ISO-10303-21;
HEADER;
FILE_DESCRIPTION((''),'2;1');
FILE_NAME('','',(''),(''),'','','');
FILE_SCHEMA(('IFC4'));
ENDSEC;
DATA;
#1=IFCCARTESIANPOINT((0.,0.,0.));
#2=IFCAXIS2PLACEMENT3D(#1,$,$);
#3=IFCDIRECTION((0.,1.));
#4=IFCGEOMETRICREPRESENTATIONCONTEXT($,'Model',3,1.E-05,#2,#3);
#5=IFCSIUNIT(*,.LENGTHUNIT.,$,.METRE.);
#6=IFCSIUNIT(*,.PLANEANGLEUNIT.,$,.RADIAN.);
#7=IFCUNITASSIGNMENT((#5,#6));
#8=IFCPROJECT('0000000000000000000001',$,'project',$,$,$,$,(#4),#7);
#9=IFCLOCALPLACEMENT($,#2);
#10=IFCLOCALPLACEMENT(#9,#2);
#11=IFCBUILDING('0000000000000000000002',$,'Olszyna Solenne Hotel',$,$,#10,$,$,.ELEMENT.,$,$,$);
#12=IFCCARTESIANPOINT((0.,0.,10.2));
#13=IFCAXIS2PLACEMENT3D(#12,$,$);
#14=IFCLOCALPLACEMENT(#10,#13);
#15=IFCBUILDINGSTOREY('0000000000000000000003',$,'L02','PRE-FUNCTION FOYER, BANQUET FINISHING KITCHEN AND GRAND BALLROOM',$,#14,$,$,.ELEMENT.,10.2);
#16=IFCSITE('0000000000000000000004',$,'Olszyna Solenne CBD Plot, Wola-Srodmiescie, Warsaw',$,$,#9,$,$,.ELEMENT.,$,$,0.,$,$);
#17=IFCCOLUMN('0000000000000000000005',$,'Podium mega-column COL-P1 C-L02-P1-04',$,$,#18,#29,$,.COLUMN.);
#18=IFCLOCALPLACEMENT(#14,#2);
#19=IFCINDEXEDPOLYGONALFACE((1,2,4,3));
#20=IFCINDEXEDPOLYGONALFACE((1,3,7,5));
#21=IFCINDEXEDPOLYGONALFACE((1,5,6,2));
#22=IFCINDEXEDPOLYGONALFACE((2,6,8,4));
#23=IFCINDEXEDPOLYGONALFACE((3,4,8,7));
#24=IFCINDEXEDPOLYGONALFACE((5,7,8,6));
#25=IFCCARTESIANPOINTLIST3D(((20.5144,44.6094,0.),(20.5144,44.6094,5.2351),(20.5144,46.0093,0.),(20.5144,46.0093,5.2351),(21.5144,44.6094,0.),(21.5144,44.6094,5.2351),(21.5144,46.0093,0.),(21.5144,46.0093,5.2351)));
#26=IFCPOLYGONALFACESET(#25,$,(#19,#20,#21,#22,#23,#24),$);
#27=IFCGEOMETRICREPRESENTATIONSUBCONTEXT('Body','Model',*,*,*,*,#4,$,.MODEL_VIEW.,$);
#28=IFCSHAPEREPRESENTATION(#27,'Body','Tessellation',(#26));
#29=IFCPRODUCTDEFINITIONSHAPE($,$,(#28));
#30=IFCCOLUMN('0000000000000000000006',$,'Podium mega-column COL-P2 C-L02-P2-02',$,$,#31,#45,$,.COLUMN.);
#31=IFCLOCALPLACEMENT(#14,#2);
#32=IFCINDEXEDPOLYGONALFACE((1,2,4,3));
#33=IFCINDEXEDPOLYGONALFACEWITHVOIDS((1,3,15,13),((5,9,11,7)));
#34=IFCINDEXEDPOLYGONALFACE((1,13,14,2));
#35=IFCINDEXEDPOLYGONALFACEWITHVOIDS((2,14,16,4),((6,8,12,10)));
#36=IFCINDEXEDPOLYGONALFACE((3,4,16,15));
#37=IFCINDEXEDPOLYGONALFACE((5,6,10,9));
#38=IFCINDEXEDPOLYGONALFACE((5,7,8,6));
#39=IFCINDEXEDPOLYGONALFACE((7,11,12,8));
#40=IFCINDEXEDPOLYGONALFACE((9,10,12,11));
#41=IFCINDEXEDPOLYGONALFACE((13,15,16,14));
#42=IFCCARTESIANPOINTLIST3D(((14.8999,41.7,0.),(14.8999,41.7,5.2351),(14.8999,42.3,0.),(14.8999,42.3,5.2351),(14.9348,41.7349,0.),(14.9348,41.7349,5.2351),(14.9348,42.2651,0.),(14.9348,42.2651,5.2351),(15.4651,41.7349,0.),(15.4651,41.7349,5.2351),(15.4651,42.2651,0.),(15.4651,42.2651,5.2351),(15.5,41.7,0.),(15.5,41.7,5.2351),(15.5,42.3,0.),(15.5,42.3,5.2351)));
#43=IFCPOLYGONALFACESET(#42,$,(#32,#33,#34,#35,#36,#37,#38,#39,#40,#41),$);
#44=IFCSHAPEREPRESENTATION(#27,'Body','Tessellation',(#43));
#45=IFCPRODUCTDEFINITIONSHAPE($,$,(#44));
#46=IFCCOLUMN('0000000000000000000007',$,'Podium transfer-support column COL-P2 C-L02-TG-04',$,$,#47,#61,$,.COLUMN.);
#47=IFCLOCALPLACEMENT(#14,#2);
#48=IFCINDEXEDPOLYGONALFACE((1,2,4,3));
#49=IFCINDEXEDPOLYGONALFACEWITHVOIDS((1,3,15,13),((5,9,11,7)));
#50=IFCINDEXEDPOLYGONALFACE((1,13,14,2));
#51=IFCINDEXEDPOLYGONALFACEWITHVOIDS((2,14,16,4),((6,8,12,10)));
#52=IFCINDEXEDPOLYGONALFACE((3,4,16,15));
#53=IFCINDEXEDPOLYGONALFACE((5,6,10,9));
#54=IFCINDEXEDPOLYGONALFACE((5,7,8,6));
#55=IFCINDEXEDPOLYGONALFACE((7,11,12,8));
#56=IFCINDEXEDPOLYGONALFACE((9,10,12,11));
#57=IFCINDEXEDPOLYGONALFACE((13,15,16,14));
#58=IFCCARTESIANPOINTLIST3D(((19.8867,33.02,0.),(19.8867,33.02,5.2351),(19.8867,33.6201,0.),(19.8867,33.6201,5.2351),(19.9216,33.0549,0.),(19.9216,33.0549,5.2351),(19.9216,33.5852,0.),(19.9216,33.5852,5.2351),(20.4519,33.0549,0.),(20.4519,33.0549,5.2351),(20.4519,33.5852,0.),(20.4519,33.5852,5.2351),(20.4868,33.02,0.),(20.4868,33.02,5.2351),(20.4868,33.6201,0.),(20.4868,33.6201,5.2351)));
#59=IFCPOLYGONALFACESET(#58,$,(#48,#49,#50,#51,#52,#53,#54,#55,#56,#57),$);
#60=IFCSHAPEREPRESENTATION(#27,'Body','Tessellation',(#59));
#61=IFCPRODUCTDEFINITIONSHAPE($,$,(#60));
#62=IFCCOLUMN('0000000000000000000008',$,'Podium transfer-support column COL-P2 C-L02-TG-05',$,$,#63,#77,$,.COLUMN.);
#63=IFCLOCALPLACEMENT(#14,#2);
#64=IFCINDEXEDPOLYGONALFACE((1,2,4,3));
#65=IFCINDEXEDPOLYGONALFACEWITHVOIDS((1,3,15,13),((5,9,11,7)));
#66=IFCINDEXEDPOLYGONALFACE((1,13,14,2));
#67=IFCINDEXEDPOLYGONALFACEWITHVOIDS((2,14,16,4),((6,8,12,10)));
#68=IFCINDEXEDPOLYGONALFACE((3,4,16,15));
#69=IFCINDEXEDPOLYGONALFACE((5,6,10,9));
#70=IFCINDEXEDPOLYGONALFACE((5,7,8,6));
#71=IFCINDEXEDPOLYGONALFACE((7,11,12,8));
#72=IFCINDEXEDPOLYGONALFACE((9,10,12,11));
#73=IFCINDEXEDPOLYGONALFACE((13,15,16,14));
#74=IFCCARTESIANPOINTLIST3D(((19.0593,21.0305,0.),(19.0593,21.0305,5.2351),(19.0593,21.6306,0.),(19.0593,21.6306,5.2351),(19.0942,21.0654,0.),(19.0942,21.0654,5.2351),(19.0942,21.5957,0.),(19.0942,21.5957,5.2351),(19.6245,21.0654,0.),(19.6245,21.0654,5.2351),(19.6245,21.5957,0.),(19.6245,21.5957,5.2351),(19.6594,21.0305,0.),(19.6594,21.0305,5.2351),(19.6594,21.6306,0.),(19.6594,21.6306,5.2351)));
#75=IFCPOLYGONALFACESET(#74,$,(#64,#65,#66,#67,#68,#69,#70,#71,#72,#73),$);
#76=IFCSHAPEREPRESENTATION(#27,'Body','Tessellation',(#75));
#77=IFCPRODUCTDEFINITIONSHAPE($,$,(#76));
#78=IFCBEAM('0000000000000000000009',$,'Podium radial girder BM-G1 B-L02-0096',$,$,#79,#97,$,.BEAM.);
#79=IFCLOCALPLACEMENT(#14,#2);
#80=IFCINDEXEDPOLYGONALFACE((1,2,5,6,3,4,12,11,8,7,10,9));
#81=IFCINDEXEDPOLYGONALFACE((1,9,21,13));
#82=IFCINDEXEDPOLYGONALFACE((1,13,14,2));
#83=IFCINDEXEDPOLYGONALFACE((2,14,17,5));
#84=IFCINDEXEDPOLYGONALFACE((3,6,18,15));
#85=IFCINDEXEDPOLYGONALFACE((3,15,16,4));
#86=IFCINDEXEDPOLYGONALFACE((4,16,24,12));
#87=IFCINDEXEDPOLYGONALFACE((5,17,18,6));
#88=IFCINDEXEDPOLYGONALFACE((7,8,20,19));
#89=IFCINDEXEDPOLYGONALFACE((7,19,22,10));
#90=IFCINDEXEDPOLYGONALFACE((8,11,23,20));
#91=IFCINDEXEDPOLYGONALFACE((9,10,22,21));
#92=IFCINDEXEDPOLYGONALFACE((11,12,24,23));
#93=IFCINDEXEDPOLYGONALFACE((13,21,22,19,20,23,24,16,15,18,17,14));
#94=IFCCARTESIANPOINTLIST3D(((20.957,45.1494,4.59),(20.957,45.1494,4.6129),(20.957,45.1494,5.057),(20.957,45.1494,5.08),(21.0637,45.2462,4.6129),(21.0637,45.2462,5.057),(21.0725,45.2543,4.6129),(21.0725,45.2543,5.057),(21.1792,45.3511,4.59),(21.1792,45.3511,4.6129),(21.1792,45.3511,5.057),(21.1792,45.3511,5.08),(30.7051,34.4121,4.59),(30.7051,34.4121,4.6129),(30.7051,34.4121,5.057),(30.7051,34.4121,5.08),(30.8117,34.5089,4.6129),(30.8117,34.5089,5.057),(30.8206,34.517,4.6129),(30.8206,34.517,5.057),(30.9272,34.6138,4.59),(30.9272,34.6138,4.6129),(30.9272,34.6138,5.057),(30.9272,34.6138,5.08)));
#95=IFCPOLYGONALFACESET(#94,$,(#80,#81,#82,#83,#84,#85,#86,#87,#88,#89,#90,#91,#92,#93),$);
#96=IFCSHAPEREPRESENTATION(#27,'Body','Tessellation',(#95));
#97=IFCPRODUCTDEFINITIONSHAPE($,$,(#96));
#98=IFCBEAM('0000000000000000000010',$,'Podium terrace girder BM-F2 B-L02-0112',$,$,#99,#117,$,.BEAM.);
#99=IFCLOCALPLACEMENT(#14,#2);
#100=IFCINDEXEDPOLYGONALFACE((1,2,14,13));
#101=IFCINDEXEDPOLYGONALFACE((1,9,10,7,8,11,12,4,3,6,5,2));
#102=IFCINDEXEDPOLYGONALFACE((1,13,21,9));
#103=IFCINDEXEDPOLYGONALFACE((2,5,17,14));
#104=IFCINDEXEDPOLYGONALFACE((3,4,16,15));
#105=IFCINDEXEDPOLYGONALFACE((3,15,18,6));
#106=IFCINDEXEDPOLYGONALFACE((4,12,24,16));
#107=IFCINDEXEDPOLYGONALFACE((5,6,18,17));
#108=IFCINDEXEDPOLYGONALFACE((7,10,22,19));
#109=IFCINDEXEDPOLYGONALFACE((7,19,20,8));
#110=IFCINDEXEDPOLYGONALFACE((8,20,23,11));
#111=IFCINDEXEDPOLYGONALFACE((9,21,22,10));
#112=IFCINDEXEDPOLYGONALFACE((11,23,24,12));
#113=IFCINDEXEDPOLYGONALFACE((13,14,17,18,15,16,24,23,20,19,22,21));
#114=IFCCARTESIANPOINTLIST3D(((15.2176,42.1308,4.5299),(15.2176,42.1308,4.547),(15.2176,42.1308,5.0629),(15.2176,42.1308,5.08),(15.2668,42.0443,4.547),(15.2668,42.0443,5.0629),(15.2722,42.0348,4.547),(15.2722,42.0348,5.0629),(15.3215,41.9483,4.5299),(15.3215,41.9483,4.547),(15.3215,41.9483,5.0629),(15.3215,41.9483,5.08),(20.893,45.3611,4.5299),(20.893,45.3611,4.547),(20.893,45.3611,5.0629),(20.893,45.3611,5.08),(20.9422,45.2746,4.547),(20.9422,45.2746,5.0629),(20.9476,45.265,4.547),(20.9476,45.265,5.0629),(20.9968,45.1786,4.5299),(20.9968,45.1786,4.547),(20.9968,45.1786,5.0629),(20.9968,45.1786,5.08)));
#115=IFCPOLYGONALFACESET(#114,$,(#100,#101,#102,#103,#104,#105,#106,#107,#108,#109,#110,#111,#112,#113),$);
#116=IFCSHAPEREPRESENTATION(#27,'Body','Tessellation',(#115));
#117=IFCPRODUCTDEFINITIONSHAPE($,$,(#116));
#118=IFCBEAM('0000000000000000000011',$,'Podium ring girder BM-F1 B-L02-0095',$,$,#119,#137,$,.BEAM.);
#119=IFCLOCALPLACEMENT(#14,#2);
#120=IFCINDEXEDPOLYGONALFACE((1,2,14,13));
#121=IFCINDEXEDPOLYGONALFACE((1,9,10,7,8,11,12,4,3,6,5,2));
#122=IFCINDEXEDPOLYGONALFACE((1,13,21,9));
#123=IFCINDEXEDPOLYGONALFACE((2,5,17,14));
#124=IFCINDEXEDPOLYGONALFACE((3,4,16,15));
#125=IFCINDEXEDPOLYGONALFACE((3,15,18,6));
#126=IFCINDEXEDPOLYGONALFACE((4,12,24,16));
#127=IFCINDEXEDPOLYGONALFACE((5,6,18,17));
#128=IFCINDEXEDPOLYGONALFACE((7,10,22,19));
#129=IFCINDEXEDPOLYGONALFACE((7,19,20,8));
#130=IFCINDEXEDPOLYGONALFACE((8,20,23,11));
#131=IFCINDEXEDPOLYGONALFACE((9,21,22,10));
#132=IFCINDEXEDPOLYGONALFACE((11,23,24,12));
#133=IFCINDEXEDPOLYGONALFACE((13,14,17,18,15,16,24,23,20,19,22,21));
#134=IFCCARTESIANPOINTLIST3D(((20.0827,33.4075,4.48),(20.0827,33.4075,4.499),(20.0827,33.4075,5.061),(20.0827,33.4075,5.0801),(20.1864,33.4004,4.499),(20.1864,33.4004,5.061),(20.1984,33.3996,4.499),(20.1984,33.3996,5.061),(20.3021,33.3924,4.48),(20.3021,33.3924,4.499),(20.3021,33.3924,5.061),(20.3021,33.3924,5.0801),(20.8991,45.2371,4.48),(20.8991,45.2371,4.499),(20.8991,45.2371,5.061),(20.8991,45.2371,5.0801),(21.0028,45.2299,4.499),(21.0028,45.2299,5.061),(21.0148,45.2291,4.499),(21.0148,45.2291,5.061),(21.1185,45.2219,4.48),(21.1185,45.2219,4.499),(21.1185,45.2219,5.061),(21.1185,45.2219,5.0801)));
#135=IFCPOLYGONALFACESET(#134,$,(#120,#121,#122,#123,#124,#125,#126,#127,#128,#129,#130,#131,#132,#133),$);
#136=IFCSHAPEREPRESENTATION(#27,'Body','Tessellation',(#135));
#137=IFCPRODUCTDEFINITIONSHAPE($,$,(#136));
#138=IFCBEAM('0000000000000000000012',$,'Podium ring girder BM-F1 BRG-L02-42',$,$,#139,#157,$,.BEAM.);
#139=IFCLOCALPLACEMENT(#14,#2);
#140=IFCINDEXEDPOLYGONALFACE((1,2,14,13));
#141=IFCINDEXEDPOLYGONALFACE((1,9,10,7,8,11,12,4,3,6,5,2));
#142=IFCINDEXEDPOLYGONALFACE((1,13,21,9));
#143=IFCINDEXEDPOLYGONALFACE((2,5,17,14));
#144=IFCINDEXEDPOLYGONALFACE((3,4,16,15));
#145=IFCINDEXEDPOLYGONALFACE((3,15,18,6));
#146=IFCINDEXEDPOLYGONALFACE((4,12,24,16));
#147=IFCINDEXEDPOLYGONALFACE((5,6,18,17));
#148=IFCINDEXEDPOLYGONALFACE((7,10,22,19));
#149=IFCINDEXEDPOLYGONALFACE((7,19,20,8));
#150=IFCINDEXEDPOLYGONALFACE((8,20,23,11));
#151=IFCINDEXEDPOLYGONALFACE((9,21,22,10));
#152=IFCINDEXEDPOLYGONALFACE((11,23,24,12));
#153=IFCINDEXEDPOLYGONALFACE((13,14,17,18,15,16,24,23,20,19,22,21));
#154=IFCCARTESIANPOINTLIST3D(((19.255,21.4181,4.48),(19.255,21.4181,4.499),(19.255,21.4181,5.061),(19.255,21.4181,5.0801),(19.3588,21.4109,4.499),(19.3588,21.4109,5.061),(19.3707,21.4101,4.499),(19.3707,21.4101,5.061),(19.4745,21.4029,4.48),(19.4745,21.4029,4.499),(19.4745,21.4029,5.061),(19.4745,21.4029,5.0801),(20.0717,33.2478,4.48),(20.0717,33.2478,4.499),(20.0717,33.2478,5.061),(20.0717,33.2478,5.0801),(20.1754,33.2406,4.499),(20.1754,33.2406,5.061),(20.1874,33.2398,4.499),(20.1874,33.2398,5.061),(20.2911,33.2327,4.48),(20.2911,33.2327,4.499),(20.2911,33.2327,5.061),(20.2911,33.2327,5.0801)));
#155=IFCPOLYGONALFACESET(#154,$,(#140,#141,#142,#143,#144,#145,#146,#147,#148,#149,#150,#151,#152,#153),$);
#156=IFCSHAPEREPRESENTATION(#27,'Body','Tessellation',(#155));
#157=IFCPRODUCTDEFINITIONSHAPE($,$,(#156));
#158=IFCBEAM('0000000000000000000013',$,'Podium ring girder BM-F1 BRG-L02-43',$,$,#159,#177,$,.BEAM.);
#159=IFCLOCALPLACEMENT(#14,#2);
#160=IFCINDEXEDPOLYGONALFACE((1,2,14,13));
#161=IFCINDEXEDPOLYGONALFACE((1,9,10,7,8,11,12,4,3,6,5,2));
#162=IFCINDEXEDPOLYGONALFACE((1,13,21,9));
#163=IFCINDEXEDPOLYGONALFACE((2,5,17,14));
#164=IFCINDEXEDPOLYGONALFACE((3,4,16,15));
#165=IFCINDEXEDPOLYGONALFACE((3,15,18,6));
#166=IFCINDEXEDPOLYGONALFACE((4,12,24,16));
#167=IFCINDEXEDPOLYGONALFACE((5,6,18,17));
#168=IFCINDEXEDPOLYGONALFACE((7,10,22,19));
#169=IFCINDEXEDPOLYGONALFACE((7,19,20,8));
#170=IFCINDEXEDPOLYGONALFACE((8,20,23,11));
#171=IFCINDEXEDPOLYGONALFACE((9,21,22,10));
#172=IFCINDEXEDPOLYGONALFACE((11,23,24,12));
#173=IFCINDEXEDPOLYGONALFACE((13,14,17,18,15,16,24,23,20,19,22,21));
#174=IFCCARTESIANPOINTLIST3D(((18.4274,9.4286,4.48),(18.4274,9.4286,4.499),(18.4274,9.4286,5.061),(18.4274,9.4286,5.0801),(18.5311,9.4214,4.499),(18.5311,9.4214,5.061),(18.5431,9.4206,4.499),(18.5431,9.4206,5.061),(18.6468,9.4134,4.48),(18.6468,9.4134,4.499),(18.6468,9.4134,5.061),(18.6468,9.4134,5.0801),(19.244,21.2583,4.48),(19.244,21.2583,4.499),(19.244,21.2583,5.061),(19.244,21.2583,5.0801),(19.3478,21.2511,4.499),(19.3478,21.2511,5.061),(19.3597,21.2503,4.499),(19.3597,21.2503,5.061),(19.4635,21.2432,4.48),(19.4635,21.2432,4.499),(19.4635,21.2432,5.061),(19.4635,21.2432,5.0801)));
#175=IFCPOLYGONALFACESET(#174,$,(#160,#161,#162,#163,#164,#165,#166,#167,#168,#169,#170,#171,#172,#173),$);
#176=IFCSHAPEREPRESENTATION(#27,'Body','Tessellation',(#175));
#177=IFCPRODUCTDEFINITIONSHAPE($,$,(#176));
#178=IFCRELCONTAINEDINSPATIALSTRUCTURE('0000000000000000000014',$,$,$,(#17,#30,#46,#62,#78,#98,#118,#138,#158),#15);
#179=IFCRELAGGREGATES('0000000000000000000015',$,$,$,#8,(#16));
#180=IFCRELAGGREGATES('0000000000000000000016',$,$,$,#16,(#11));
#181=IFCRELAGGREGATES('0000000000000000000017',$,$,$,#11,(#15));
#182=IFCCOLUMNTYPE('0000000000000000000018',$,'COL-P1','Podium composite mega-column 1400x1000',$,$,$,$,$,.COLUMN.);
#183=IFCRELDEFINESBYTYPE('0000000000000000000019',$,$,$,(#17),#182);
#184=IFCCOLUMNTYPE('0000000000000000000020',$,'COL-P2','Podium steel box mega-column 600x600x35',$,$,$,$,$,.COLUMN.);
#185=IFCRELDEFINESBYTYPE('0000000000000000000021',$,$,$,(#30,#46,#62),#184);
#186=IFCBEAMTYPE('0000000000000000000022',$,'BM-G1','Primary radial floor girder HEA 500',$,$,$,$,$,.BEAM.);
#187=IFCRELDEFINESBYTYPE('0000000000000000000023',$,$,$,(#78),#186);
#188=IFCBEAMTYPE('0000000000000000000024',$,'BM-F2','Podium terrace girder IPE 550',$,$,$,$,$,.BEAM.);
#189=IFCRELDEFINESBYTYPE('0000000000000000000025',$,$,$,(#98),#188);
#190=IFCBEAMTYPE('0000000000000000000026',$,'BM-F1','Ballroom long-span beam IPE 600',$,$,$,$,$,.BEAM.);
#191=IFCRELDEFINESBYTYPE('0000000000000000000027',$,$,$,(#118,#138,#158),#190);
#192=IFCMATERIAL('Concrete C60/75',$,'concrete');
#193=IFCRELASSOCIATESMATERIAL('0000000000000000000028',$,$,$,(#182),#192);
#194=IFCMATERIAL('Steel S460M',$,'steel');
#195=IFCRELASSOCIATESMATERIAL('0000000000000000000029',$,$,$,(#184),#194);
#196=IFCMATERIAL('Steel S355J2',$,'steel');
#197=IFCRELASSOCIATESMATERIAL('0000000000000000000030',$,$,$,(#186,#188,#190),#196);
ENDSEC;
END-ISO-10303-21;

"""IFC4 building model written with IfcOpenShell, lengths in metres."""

from ifc_helpers import new_model, si_unit, direction, frame, origin, origin_2d, place, context, subcontext, project, spatial, rectangle, hollow_rectangle, i_section, extrude, source, transform, mapped, material, material_profile, profile_set, type_object, element, save


model = new_model("IFC4")

# Units and contexts
model_context = context("Model", 3, precision=1e-05, world=origin(), true_north=direction((0.0, 1.0)))
body_context = subcontext(model_context, "Body", "Model", "MODEL_VIEW")
ifc_project = project(units=[si_unit("LENGTHUNIT", "METRE"), si_unit("PLANEANGLEUNIT", "RADIAN")], contexts=[model_context])

# Site, building, storey
site_placement = place(None, origin())
site = spatial("IfcSite", under=ifc_project, at=site_placement, Name="Olszyna Solenne CBD Plot, Wola-Srodmiescie, Warsaw", CompositionType="ELEMENT", RefElevation=0.0)
building_placement = place(site_placement, origin())
building = spatial("IfcBuilding", under=site, at=building_placement, Name="Olszyna Solenne Hotel", CompositionType="ELEMENT")
storey_placement = place(building_placement, frame((0.0, 0.0, 10.2)))
storey = spatial("IfcBuildingStorey", under=building, at=storey_placement, Name="L02", Description="PRE-FUNCTION FOYER, BANQUET FINISHING KITCHEN AND GRAND BALLROOM", CompositionType="ELEMENT", Elevation=10.2)

# Columns
ifc_material_1 = material(Name="Concrete C60/75", Category="concrete")
ifc_material_profile_1 = material_profile(ifc_material_1, rectangle(XDim=1.0, YDim=1.3999, at=origin_2d()), Name="RC 1400x1000", Category="load-bearing")
ifc_profile_set_1 = profile_set([ifc_material_profile_1], Name="Concrete C60/75")
column_type_1 = type_object("IfcColumnType", Name="COL-P1", Description="Podium composite mega-column 1400x1000", PredefinedType="COLUMN", material=ifc_profile_set_1)
shared_shape_1 = source(origin(), body_context, "Body", "SweptSolid", [
    extrude(rectangle(XDim=1.0, YDim=1.3999, at=origin_2d()), origin(), (0.0, 0.0, 1.0), 5.2351),
])
column_placement = place(storey_placement, frame((21.0144, 45.3093, 0.0), z_axis=(0.0, 0.0, 1.0), x_axis=(1.0, 0.0, 0.0)))
element("IfcColumn", 1, at=column_placement, inside=storey, type_object=column_type_1, Name="Podium mega-column COL-P1 C-L02-P1-04", PredefinedType="COLUMN", context=body_context, shape_type="MappedRepresentation", body=[
    mapped(shared_shape_1, transform((0.0, 0.0, 0.0), x_axis=(1.0, 0.0, 0.0), y_axis=(0.0, 1.0, 0.0), z_axis=(0.0, 0.0, 1.0), scale=1.0)),
])
ifc_material_2 = material(Name="Steel S460M", Category="steel")
ifc_material_profile_2 = material_profile(ifc_material_2, hollow_rectangle(XDim=0.6001, YDim=0.6001, WallThickness=0.0349, at=origin_2d()), Name="SHS 600x600x35", Category="load-bearing")
ifc_profile_set_2 = profile_set([ifc_material_profile_2], Name="Steel S460M")
column_type_2 = type_object("IfcColumnType", Name="COL-P2", Description="Podium steel box mega-column 600x600x35", PredefinedType="COLUMN", material=ifc_profile_set_2)
shared_shape_2 = source(origin(), body_context, "Body", "SweptSolid", [
    extrude(hollow_rectangle(XDim=0.6001, YDim=0.6001, WallThickness=0.0349, at=origin_2d()), origin(), (0.0, 0.0, 1.0), 5.2351),
])
for number, where, z_axis, x_axis, name in (
    (2, (15.2, 42.0, 0.0), (0.0, 0.0, 1.0), (1.0, 0.0, 0.0), "Podium mega-column COL-P2 C-L02-P2-02"),
    (3, (20.1868, 33.3201, 0.0), (0.0, 0.0, 1.0), (1.0, 0.0, 0.0), "Podium transfer-support column COL-P2 C-L02-TG-04"),
    (4, (19.3594, 21.3306, 0.0), (0.0, 0.0, 1.0), (1.0, 0.0, 0.0), "Podium transfer-support column COL-P2 C-L02-TG-05"),
):
    element("IfcColumn", number, at=place(storey_placement, frame(where, z_axis=z_axis, x_axis=x_axis)), inside=storey, type_object=column_type_2, Name=name, PredefinedType="COLUMN", context=body_context, shape_type="MappedRepresentation", body=[
        mapped(shared_shape_2, transform((0.0, 0.0, 0.0), x_axis=(1.0, 0.0, 0.0), y_axis=(0.0, 1.0, 0.0), z_axis=(0.0, 0.0, 1.0), scale=1.0)),
    ])

# Beams
ifc_material_3 = material(Name="Steel S355J2", Category="steel")
ifc_material_profile_3 = material_profile(ifc_material_3, i_section(OverallWidth=0.3, OverallDepth=0.49, WebThickness=0.012, FlangeThickness=0.0229, at=origin_2d()), Name="HEA 500", Category="load-bearing")
ifc_profile_set_3 = profile_set([ifc_material_profile_3], Name="Steel S355J2")
beam_type_1 = type_object("IfcBeamType", Name="BM-G1", Description="Primary radial floor girder HEA 500", PredefinedType="BEAM", material=ifc_profile_set_3)
shared_shape_3 = source(origin(), body_context, "Body", "SweptSolid", [
    extrude(i_section(OverallWidth=0.3, OverallDepth=0.49, WebThickness=0.012, FlangeThickness=0.0229, at=origin_2d()), origin(), (0.0, 0.0, 1.0), 14.5022),
])
beam_1_placement = place(storey_placement, frame((21.0681, 45.2502, 4.835), z_axis=(0.672177, -0.740391, 0.0), x_axis=(0.740391, 0.672177, 0.0)))
element("IfcBeam", 5, at=beam_1_placement, inside=storey, type_object=beam_type_1, Name="Podium radial girder BM-G1 B-L02-0096", PredefinedType="BEAM", context=body_context, shape_type="MappedRepresentation", body=[
    mapped(shared_shape_3, transform((0.0, 0.0, 0.0), x_axis=(1.0, 0.0, 0.0), y_axis=(0.0, 1.0, 0.0), z_axis=(0.0, 0.0, 1.0), scale=1.0)),
])
ifc_material_profile_4 = material_profile(ifc_material_3, i_section(OverallWidth=0.21, OverallDepth=0.55, WebThickness=0.011, FlangeThickness=0.0171, at=origin_2d()), Name="IPE 550", Category="load-bearing")
ifc_profile_set_4 = profile_set([ifc_material_profile_4], Name="Steel S355J2")
beam_type_2 = type_object("IfcBeamType", Name="BM-F2", Description="Podium terrace girder IPE 550", PredefinedType="BEAM", material=ifc_profile_set_4)
shared_shape_4 = source(origin(), body_context, "Body", "SweptSolid", [
    extrude(i_section(OverallWidth=0.21, OverallDepth=0.55, WebThickness=0.011, FlangeThickness=0.0171, at=origin_2d()), origin(), (0.0, 0.0, 1.0), 6.5303),
])
beam_2_placement = place(storey_placement, frame((15.2695, 42.0396, 4.8049), z_axis=(0.869086, 0.494661, 0.0), x_axis=(-0.494661, 0.869086, 0.0)))
element("IfcBeam", 6, at=beam_2_placement, inside=storey, type_object=beam_type_2, Name="Podium terrace girder BM-F2 B-L02-0112", PredefinedType="BEAM", context=body_context, shape_type="MappedRepresentation", body=[
    mapped(shared_shape_4, transform((0.0, 0.0, 0.0), x_axis=(1.0, 0.0, 0.0), y_axis=(0.0, 1.0, 0.0), z_axis=(0.0, 0.0, 1.0), scale=1.0)),
])
ifc_material_profile_5 = material_profile(ifc_material_3, i_section(OverallWidth=0.22, OverallDepth=0.6001, WebThickness=0.012, FlangeThickness=0.019, at=origin_2d()), Name="IPE 600", Category="load-bearing")
ifc_profile_set_5 = profile_set([ifc_material_profile_5], Name="Steel S355J2")
beam_type_3 = type_object("IfcBeamType", Name="BM-F1", Description="Ballroom long-span beam IPE 600", PredefinedType="BEAM", material=ifc_profile_set_5)
shared_shape_5 = source(origin(), body_context, "Body", "SweptSolid", [
    extrude(i_section(OverallWidth=0.22, OverallDepth=0.6001, WebThickness=0.012, FlangeThickness=0.019, at=origin_2d()), origin(), (0.0, 0.0, 1.0), 11.8577),
])
beam_3_placement = place(storey_placement, frame((21.0088, 45.2295, 4.78), z_axis=(-0.06885, -0.997627, 0.0), x_axis=(0.997627, -0.06885, 0.0)))
element("IfcBeam", 7, at=beam_3_placement, inside=storey, type_object=beam_type_3, Name="Podium ring girder BM-F1 B-L02-0095", PredefinedType="BEAM", context=body_context, shape_type="MappedRepresentation", body=[
    mapped(shared_shape_5, transform((0.0, 0.0, 0.0), x_axis=(1.0, 0.0, 0.0), y_axis=(0.0, 1.0, 0.0), z_axis=(0.0, 0.0, 1.0), scale=1.0)),
])
shared_shape_6 = source(origin(), body_context, "Body", "SweptSolid", [
    extrude(i_section(OverallWidth=0.22, OverallDepth=0.6001, WebThickness=0.012, FlangeThickness=0.019, at=origin_2d()), origin(), (0.0, 0.0, 1.0), 11.8579),
])
for number, where, z_axis, x_axis, name in (
    (8, (20.1814, 33.2402, 4.78), (-0.068869, -0.997626, 0.0), (0.997626, -0.068869, 0.0), "Podium ring girder BM-F1 BRG-L02-42"),
    (9, (19.3538, 21.2507, 4.78), (-0.068869, -0.997626, 0.0), (0.997626, -0.068869, 0.0), "Podium ring girder BM-F1 BRG-L02-43"),
):
    element("IfcBeam", number, at=place(storey_placement, frame(where, z_axis=z_axis, x_axis=x_axis)), inside=storey, type_object=beam_type_3, Name=name, PredefinedType="BEAM", context=body_context, shape_type="MappedRepresentation", body=[
        mapped(shared_shape_6, transform((0.0, 0.0, 0.0), x_axis=(1.0, 0.0, 0.0), y_axis=(0.0, 1.0, 0.0), z_axis=(0.0, 0.0, 1.0), scale=1.0)),
    ])

save(model, "model.ifc")
